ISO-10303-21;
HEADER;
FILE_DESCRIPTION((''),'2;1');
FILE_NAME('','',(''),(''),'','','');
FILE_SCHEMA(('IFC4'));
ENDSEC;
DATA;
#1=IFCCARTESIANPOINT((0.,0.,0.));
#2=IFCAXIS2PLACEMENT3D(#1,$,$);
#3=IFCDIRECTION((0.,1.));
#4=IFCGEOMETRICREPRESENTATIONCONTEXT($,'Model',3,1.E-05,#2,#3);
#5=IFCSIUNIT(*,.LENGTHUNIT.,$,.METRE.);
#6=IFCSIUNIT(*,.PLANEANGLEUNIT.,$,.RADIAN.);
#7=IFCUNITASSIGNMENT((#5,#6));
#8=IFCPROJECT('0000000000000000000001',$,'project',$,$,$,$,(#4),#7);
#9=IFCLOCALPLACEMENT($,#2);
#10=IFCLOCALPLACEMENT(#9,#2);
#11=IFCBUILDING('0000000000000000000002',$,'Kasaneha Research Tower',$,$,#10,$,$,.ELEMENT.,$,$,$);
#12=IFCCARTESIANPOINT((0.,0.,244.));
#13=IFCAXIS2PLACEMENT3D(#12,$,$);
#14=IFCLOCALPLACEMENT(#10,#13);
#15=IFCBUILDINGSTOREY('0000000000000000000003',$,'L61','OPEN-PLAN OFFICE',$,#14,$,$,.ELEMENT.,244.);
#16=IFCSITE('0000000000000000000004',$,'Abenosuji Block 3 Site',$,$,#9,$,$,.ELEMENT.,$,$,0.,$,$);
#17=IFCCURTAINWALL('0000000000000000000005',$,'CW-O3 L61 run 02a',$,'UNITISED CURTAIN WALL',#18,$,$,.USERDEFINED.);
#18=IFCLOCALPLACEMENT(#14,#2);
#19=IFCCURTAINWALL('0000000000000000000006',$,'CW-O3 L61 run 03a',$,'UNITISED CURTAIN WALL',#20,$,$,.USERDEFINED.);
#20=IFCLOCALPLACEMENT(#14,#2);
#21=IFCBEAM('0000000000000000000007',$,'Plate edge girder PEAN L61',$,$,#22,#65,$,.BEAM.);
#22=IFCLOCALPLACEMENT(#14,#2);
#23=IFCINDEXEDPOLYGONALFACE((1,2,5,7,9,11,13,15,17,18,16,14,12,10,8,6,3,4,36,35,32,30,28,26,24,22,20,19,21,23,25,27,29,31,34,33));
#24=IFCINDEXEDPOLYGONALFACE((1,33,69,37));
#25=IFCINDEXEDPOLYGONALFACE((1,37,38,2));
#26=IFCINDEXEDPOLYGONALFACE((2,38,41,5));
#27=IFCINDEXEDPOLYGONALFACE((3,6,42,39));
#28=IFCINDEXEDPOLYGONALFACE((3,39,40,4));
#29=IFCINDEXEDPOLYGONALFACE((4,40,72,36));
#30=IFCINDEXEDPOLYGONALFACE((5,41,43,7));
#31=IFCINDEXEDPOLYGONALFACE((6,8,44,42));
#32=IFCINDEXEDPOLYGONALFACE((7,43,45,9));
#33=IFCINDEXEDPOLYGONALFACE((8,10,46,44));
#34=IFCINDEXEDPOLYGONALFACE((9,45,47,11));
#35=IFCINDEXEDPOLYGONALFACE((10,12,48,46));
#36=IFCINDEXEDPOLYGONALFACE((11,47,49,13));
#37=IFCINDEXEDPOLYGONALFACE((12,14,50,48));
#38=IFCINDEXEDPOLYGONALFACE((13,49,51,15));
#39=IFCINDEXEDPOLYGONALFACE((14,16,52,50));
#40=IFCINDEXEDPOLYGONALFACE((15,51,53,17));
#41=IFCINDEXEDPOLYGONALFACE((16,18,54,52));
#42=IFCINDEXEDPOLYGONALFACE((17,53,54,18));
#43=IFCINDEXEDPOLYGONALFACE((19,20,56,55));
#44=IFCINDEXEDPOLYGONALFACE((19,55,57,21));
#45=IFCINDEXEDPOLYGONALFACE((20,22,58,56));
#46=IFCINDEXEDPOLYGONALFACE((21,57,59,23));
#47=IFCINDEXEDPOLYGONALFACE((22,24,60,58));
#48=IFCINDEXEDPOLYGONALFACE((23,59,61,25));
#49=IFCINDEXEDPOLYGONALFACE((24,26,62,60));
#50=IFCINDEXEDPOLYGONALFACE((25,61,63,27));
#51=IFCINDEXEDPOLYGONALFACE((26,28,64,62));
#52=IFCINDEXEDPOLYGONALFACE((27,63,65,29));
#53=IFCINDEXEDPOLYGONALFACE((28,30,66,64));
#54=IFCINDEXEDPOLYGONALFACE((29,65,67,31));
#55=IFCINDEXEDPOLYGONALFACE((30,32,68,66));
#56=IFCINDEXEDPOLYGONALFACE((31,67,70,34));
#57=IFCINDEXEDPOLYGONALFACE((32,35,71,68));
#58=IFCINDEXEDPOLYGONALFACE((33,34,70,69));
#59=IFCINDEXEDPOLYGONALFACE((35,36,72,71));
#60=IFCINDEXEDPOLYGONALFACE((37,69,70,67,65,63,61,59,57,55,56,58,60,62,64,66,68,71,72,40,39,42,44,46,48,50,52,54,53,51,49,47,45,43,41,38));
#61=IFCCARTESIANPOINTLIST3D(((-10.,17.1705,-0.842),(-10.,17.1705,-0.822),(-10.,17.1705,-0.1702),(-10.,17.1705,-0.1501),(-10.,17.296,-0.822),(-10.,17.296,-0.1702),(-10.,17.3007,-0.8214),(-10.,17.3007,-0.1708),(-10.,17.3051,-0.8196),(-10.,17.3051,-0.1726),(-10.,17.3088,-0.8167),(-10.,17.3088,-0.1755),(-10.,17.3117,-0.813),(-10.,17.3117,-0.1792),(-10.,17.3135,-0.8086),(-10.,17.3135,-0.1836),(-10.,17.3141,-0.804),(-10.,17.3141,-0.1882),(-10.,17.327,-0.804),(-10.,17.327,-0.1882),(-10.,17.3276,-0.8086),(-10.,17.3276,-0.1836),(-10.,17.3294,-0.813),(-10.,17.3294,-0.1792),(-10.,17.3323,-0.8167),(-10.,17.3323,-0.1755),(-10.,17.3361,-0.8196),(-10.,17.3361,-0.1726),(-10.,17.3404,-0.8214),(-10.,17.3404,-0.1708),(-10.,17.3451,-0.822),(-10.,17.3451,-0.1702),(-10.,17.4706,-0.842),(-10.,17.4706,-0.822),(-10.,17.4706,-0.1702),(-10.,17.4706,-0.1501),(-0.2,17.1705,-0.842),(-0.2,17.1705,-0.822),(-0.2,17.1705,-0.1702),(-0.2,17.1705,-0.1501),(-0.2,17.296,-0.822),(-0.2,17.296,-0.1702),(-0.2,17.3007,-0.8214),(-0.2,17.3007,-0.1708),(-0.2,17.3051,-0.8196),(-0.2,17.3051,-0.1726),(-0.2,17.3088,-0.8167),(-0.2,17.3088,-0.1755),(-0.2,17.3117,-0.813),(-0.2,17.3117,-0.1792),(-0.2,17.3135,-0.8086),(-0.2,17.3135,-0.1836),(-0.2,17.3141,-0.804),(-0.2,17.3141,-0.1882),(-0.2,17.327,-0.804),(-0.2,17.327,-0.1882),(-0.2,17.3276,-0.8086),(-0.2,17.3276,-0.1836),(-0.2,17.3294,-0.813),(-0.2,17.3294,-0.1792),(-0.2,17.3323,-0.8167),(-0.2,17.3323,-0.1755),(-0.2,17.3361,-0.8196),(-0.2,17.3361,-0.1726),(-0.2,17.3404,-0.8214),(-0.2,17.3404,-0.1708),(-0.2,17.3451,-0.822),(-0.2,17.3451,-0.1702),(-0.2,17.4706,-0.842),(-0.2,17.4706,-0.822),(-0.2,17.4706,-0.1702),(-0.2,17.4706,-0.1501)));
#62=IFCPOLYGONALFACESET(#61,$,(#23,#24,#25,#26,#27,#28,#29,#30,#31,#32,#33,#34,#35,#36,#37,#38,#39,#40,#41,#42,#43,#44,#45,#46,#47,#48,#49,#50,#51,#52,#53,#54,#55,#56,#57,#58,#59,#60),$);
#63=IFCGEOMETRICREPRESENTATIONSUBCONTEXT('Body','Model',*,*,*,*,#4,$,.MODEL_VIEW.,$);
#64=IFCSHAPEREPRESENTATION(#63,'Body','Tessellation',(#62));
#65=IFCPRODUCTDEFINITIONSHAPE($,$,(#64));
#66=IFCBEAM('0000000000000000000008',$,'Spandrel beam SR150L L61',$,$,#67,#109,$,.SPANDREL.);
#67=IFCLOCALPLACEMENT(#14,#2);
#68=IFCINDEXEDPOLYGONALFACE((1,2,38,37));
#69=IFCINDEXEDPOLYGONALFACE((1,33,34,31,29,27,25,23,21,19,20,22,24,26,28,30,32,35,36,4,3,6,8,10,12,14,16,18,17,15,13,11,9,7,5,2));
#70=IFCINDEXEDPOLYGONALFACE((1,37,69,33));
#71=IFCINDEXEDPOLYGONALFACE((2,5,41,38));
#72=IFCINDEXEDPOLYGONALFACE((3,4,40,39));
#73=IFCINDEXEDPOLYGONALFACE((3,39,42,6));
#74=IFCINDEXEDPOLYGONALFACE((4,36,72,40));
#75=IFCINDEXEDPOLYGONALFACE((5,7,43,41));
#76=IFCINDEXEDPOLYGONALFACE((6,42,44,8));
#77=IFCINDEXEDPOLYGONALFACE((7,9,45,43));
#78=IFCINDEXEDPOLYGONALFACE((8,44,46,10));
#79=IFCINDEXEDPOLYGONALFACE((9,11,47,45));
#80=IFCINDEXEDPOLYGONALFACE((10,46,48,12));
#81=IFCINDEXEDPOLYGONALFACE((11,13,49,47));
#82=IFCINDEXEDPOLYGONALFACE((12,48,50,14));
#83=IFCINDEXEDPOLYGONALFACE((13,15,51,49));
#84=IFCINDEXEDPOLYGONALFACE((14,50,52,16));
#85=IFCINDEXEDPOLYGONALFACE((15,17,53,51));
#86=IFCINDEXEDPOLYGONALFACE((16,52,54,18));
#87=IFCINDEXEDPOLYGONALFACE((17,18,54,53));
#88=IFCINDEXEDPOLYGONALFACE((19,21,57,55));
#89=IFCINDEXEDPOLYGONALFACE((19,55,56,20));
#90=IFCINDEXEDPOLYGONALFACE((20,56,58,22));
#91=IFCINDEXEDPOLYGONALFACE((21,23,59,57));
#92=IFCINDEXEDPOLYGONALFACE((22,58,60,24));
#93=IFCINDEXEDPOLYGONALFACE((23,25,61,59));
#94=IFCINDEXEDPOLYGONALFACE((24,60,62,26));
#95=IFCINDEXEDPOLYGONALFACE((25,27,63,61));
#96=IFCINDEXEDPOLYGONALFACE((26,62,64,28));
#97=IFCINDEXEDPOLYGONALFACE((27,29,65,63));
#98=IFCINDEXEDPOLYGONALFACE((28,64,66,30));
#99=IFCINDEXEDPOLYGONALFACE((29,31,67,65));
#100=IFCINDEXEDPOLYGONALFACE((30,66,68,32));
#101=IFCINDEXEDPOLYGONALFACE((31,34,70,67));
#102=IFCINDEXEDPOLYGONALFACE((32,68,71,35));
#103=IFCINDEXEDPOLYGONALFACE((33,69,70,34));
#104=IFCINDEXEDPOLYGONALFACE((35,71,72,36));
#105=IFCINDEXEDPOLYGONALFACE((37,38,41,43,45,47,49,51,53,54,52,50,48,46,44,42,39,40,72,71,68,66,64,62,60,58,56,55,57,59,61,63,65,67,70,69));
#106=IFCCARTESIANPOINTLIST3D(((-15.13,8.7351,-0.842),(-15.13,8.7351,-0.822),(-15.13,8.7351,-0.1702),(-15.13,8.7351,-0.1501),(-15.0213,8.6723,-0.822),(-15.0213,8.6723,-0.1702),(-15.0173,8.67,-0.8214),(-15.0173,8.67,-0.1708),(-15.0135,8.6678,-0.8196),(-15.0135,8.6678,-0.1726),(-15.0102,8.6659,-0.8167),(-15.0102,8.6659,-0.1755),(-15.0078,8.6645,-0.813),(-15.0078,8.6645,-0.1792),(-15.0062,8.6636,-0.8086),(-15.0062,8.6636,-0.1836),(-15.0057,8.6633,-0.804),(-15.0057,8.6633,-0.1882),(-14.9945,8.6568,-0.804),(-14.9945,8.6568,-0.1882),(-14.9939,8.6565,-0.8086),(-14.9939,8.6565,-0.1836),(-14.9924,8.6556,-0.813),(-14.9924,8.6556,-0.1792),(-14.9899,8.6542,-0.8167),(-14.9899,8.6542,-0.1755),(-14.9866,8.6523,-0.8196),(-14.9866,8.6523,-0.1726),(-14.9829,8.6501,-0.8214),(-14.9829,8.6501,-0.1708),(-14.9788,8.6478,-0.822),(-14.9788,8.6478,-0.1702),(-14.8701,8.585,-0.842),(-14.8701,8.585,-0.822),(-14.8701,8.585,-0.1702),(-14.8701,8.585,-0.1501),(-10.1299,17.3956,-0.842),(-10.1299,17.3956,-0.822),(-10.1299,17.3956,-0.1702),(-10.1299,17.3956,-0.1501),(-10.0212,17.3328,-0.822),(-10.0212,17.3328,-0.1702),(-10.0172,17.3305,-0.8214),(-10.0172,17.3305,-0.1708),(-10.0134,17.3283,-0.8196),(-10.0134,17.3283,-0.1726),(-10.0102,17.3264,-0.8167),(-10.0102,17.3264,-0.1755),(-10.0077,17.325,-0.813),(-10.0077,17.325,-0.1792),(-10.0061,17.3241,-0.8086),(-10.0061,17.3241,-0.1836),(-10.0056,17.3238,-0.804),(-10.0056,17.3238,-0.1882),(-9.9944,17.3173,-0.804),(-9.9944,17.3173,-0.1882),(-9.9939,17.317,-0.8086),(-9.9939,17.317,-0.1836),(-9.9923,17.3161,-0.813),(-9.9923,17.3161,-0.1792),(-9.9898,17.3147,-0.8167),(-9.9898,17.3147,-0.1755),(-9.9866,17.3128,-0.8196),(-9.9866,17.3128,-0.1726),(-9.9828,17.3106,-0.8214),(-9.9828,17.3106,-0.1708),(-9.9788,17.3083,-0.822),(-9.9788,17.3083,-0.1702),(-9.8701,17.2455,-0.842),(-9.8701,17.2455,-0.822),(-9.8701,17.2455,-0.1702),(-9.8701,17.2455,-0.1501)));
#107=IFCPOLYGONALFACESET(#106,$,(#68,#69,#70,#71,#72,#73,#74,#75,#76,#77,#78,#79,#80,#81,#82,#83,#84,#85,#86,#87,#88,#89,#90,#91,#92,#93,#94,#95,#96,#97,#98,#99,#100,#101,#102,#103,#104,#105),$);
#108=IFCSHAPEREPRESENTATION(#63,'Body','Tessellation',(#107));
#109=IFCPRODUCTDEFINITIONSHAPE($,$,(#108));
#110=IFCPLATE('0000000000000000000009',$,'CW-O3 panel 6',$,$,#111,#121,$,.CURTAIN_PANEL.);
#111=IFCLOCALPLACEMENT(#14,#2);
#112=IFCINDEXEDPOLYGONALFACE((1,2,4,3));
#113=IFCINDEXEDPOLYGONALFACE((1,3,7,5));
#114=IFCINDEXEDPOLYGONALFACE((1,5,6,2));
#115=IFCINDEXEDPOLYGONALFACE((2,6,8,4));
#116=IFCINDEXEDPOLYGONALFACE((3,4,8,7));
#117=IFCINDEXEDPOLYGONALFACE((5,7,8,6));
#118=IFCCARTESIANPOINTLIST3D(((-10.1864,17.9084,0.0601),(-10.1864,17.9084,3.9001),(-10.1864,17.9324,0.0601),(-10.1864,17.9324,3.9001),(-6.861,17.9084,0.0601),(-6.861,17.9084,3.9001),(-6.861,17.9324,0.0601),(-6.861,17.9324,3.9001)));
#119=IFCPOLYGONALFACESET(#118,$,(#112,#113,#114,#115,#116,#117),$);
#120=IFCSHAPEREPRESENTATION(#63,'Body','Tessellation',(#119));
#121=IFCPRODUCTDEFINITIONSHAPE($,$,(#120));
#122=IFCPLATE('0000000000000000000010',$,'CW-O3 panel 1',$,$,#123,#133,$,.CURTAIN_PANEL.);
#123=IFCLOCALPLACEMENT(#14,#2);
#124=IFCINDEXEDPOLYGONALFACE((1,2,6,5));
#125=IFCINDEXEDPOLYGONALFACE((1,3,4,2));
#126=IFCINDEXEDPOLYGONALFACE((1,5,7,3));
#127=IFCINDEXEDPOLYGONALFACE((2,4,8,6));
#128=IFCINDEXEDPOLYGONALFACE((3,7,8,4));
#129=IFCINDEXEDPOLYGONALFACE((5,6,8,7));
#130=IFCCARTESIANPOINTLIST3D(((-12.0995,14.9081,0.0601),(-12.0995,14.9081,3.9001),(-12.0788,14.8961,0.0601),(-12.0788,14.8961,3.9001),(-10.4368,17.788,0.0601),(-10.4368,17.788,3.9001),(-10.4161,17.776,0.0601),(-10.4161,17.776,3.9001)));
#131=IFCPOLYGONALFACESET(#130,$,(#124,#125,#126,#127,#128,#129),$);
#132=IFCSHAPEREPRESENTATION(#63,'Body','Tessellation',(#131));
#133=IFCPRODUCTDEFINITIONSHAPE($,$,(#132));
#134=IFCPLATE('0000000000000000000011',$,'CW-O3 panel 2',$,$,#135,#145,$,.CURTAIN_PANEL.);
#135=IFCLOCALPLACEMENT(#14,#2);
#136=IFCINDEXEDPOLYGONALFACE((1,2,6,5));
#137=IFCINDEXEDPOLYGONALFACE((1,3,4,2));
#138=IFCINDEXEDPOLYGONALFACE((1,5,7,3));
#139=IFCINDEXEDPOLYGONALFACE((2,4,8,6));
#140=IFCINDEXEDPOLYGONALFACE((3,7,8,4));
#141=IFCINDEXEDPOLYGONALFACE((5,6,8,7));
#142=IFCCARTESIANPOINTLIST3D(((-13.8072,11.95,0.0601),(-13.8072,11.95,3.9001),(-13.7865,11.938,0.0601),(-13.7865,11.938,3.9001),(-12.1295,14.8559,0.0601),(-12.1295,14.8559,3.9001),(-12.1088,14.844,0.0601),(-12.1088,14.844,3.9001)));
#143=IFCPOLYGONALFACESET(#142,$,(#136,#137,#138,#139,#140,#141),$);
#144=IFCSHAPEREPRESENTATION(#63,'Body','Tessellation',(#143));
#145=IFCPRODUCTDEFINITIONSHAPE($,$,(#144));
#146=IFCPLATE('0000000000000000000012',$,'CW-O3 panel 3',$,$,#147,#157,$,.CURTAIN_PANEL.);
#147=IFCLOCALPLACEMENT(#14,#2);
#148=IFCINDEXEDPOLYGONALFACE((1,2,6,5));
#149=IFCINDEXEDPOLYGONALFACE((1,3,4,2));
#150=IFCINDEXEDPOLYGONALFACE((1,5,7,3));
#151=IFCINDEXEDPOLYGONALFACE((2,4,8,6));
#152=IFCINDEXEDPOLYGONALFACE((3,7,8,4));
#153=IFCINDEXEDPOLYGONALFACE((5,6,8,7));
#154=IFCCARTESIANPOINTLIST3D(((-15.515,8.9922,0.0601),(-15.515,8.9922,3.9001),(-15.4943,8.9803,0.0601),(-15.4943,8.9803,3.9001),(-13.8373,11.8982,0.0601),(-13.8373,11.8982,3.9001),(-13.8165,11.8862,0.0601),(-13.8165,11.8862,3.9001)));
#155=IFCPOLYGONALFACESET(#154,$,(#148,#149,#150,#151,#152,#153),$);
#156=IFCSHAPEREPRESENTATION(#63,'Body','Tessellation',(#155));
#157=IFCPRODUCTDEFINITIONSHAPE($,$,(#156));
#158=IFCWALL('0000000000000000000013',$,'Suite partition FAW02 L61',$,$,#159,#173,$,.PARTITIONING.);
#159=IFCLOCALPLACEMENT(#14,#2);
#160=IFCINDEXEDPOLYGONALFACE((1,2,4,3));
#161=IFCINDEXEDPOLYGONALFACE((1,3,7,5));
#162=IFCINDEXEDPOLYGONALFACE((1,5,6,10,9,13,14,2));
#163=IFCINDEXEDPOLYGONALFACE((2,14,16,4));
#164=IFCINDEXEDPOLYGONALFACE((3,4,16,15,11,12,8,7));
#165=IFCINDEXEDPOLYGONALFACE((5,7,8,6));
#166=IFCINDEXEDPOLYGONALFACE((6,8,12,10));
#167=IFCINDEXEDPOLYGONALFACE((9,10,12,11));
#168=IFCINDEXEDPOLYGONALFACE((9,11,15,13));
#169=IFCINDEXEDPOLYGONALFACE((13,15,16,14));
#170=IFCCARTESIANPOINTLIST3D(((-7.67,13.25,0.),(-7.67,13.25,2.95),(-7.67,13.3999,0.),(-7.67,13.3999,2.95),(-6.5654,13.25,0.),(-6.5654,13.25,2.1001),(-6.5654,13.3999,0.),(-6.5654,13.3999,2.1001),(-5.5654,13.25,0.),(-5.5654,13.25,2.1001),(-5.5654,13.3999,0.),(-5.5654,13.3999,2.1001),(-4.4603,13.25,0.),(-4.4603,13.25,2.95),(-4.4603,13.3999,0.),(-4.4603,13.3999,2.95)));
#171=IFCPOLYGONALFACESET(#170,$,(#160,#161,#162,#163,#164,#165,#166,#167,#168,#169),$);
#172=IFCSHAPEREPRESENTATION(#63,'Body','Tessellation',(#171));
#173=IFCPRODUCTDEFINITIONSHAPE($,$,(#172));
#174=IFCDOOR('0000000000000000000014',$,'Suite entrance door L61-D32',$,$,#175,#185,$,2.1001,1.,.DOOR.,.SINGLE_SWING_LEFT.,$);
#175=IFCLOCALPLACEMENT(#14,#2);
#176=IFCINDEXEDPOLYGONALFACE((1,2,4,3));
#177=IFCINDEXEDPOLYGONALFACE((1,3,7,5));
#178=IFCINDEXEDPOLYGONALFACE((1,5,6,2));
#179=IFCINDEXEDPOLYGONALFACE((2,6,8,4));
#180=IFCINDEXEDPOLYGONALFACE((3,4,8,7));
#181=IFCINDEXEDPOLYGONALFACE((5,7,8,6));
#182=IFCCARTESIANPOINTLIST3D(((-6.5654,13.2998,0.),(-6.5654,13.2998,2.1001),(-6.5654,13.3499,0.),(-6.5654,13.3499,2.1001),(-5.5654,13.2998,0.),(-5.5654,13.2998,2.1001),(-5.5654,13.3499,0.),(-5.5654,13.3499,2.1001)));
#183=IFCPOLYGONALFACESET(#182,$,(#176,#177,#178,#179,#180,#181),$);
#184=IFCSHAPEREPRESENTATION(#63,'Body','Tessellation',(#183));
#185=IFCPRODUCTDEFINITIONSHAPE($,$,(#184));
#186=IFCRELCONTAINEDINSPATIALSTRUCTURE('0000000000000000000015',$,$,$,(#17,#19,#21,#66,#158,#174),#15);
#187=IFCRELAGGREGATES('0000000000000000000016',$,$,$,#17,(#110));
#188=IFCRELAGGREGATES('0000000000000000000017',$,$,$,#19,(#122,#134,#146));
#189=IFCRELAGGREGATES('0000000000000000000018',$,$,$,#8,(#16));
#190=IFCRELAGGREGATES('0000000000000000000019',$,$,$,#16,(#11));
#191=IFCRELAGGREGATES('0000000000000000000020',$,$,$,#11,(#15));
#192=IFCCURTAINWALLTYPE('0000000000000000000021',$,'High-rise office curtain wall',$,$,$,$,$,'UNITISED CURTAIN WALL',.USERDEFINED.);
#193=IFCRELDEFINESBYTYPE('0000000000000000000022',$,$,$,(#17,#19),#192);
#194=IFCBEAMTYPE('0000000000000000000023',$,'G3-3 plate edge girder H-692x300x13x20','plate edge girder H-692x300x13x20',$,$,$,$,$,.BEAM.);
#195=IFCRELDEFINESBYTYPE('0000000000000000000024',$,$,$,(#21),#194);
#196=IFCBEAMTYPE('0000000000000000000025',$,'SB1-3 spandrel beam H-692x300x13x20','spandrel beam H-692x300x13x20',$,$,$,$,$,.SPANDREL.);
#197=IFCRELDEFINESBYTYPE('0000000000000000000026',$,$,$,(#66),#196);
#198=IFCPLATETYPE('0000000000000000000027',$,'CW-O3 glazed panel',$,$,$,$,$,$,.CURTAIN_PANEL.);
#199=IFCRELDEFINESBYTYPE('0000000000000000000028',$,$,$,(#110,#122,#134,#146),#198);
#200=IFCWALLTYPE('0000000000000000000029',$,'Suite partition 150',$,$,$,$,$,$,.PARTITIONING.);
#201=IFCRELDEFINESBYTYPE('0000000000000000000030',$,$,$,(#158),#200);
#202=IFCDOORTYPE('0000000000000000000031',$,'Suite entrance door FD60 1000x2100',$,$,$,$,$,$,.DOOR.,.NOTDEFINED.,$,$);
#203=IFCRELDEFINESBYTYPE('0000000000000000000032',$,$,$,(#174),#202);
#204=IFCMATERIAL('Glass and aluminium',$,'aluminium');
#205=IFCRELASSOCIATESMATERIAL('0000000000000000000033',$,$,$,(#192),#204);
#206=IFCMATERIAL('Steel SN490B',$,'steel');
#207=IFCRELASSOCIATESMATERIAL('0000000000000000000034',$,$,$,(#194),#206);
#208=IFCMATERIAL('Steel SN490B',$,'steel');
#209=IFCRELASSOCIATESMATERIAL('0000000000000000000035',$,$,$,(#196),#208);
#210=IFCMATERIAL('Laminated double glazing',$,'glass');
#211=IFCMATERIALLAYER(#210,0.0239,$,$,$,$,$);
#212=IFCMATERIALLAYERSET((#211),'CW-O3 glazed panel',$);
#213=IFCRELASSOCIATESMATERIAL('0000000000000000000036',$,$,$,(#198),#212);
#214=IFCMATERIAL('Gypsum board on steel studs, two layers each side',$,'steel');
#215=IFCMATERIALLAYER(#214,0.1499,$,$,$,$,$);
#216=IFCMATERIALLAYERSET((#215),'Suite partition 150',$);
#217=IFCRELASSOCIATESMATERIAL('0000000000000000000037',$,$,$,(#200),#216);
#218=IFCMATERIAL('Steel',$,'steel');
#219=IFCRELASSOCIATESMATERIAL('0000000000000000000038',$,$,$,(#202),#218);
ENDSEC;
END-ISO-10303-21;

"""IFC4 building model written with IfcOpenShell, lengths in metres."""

from ifc_helpers import new_model, si_unit, direction, frame, frame_2d, origin, origin_2d, place, context, subcontext, project, spatial, rectangle, i_section, extrude, material, layer, layer_set, material_profile, profile_set, type_object, element, fill, aggregate, save


model = new_model("IFC4")

# Units and contexts
model_context = context("Model", 3, precision=1e-05, world=origin(), true_north=direction((0.0, 1.0)))
body_context = subcontext(model_context, "Body", "Model", "MODEL_VIEW")
ifc_project = project(units=[si_unit("LENGTHUNIT", "METRE"), si_unit("PLANEANGLEUNIT", "RADIAN")], contexts=[model_context])

# Site, building, storey
site_placement = place(None, origin())
site = spatial("IfcSite", under=ifc_project, at=site_placement, Name="Abenosuji Block 3 Site", CompositionType="ELEMENT", RefElevation=0.0)
building_placement = place(site_placement, origin())
building = spatial("IfcBuilding", under=site, at=building_placement, Name="Kasaneha Research Tower", CompositionType="ELEMENT")
storey_placement = place(building_placement, frame((0.0, 0.0, 244.0)))
storey = spatial("IfcBuildingStorey", under=building, at=storey_placement, Name="L61", Description="OPEN-PLAN OFFICE", CompositionType="ELEMENT", Elevation=244.0)

# Curtain walls
ifc_material_1 = material(Name="Glass and aluminium", Category="aluminium")
curtain_wall_type = type_object("IfcCurtainWallType", Name="High-rise office curtain wall", ElementType="UNITISED CURTAIN WALL", PredefinedType="USERDEFINED", material=ifc_material_1)
curtain_wall_1_placement = place(storey_placement, origin())
curtain_wall_1 = element("IfcCurtainWall", 1, at=curtain_wall_1_placement, inside=storey, type_object=curtain_wall_type, Name="CW-O3 L61 run 02a", ObjectType="UNITISED CURTAIN WALL", PredefinedType="USERDEFINED")
curtain_wall_2_placement = place(storey_placement, origin())
curtain_wall_2 = element("IfcCurtainWall", 2, at=curtain_wall_2_placement, inside=storey, type_object=curtain_wall_type, Name="CW-O3 L61 run 03a", ObjectType="UNITISED CURTAIN WALL", PredefinedType="USERDEFINED")

# Beams
ifc_material_2 = material(Name="Steel SN490B", Category="steel")
ifc_material_profile_1 = material_profile(ifc_material_2, i_section(OverallWidth=0.3, OverallDepth=0.6919, WebThickness=0.0129, FlangeThickness=0.02, FilletRadius=0.0181, at=origin_2d()), Name="H-692x300x13x20")
ifc_profile_set_1 = profile_set([ifc_material_profile_1], Name="Steel SN490B")
beam_type_1 = type_object("IfcBeamType", Name="G3-3 plate edge girder H-692x300x13x20", Description="plate edge girder H-692x300x13x20", PredefinedType="BEAM", material=ifc_profile_set_1)
beam_1_placement = place(storey_placement, frame((-10.0, 17.3206, -0.4961), z_axis=(1.0, 0.0, 0.0), x_axis=(0.0, 1.0, 0.0)))
element("IfcBeam", 3, at=beam_1_placement, inside=storey, type_object=beam_type_1, Name="Plate edge girder PEAN L61", PredefinedType="BEAM", context=body_context, shape_type="SweptSolid", body=[
    extrude(i_section(OverallWidth=0.3, OverallDepth=0.6919, WebThickness=0.0129, FlangeThickness=0.02, FilletRadius=0.0181, at=origin_2d()), origin(), (0.0, 0.0, 1.0), 9.8),
])
ifc_material_3 = material(Name="Steel SN490B", Category="steel")
ifc_material_profile_2 = material_profile(ifc_material_3, i_section(OverallWidth=0.3, OverallDepth=0.6919, WebThickness=0.0129, FlangeThickness=0.02, FilletRadius=0.0181, at=origin_2d()), Name="H-692x300x13x20")
ifc_profile_set_2 = profile_set([ifc_material_profile_2], Name="Steel SN490B")
beam_type_2 = type_object("IfcBeamType", Name="SB1-3 spandrel beam H-692x300x13x20", Description="spandrel beam H-692x300x13x20", PredefinedType="SPANDREL", material=ifc_profile_set_2)
beam_2_placement = place(storey_placement, frame((-10.0, 17.3206, -0.4961), z_axis=(-0.499994, -0.866029, 0.0), x_axis=(0.866029, -0.499994, 0.0)))
element("IfcBeam", 4, at=beam_2_placement, inside=storey, type_object=beam_type_2, Name="Spandrel beam SR150L L61", PredefinedType="SPANDREL", context=body_context, shape_type="SweptSolid", body=[
    extrude(i_section(OverallWidth=0.3, OverallDepth=0.6919, WebThickness=0.0129, FlangeThickness=0.02, FilletRadius=0.0181, at=origin_2d()), origin(), (0.0, 0.0, 1.0), 10.0002),
])

# Plates
ifc_material_4 = material(Name="Laminated double glazing", Category="glass")
ifc_layer_1 = layer(ifc_material_4, 0.0239)
ifc_layer_set_1 = layer_set([ifc_layer_1], Name="CW-O3 glazed panel")
plate_type = type_object("IfcPlateType", Name="CW-O3 glazed panel", PredefinedType="CURTAIN_PANEL", material=ifc_layer_set_1)
plate_1_placement = place(storey_placement, frame((-8.5237, 17.9204, 0.0601), z_axis=(0.0, 0.0, 1.0), x_axis=(-1.0, 0.0, 0.0)))
plate_1 = element("IfcPlate", 5, at=plate_1_placement, type_object=plate_type, Name="CW-O3 panel 6", PredefinedType="CURTAIN_PANEL", context=body_context, shape_type="SweptSolid", body=[
    extrude(rectangle(XDim=3.3254, YDim=0.0239, at=origin_2d()), origin(), (0.0, 0.0, 1.0), 3.8401),
])
aggregate(curtain_wall_1, [plate_1])
plate_2_placement = place(storey_placement, frame((-11.2578, 16.342, 0.0601), z_axis=(0.0, 0.0, 1.0), x_axis=(-0.5, -0.866025, 0.0)))
plate_2 = element("IfcPlate", 6, at=plate_2_placement, type_object=plate_type, Name="CW-O3 panel 1", PredefinedType="CURTAIN_PANEL", context=body_context, shape_type="SweptSolid", body=[
    extrude(rectangle(XDim=3.3254, YDim=0.0239, at=origin_2d()), origin(), (0.0, 0.0, 1.0), 3.8401),
])
plate_3_placement = place(storey_placement, frame((-12.958, 13.397, 0.0601), z_axis=(0.0, 0.0, 1.0), x_axis=(-0.5, -0.866025, 0.0)))
plate_3 = element("IfcPlate", 7, at=plate_3_placement, type_object=plate_type, Name="CW-O3 panel 2", PredefinedType="CURTAIN_PANEL", context=body_context, shape_type="SweptSolid", body=[
    extrude(rectangle(XDim=3.3555, YDim=0.0239, at=origin_2d()), origin(), (0.0, 0.0, 1.0), 3.8401),
])
plate_4_placement = place(storey_placement, frame((-14.6658, 10.4392, 0.0601), z_axis=(0.0, 0.0, 1.0), x_axis=(-0.5, -0.866025, 0.0)))
plate_4 = element("IfcPlate", 8, at=plate_4_placement, type_object=plate_type, Name="CW-O3 panel 3", PredefinedType="CURTAIN_PANEL", context=body_context, shape_type="SweptSolid", body=[
    extrude(rectangle(XDim=3.3555, YDim=0.0239, at=origin_2d()), origin(), (0.0, 0.0, 1.0), 3.8401),
])
aggregate(curtain_wall_2, [plate_2, plate_3, plate_4])

# Wall, opening, door
ifc_material_5 = material(Name="Gypsum board on steel studs, two layers each side", Category="steel")
ifc_layer_2 = layer(ifc_material_5, 0.1499)
ifc_layer_set_2 = layer_set([ifc_layer_2], Name="Suite partition 150")
wall_type = type_object("IfcWallType", Name="Suite partition 150", PredefinedType="PARTITIONING", material=ifc_layer_set_2)
wall_placement = place(storey_placement, frame((-7.6702, 13.325, 0.0), z_axis=(0.0, 0.0, 1.0), x_axis=(1.0, 0.0, 0.0)))
wall = element("IfcWall", 9, at=wall_placement, inside=storey, type_object=wall_type, Name="Suite partition FAW02 L61", PredefinedType="PARTITIONING", context=body_context, shape_type="SweptSolid", body=[
    extrude(rectangle(XDim=3.2097, YDim=0.1499, at=frame_2d((1.605, 0.0))), origin(), (0.0, 0.0, 1.0), 2.95),
])
opening_placement = place(wall_placement, frame((1.1047, 0.0, 0.0)))
opening = element("IfcOpeningElement", 10, at=opening_placement, cuts=wall, PredefinedType="OPENING", context=body_context, shape_type="SweptSolid", body=[
    extrude(rectangle(XDim=1.0, YDim=2.1001, at=frame_2d((0.5, 1.05))), frame((0.0, 0.085, 0.0), z_axis=(0.0, -1.0, 0.0), x_axis=(1.0, 0.0, 0.0)), (0.0, 0.0, 1.0), 0.1699),
])
ifc_material_6 = material(Name="Steel", Category="steel")
door_type = type_object("IfcDoorType", Name="Suite entrance door FD60 1000x2100", OperationType="NOTDEFINED", PredefinedType="DOOR", material=ifc_material_6)
door_placement = place(opening_placement, origin())
door = element("IfcDoor", 11, at=door_placement, inside=storey, type_object=door_type, Name="Suite entrance door L61-D32", OperationType="SINGLE_SWING_LEFT", OverallHeight=2.1001, OverallWidth=1.0, PredefinedType="DOOR", context=body_context, shape_type="SweptSolid", body=[
    extrude(rectangle(XDim=1.0, YDim=2.1001, at=frame_2d((0.5, 1.05))), frame((0.0, 0.0249, 0.0), z_axis=(0.0, -1.0, 0.0), x_axis=(1.0, 0.0, 0.0)), (0.0, 0.0, 1.0), 0.05),
])
fill(opening, door)

save(model, "model.ifc")
